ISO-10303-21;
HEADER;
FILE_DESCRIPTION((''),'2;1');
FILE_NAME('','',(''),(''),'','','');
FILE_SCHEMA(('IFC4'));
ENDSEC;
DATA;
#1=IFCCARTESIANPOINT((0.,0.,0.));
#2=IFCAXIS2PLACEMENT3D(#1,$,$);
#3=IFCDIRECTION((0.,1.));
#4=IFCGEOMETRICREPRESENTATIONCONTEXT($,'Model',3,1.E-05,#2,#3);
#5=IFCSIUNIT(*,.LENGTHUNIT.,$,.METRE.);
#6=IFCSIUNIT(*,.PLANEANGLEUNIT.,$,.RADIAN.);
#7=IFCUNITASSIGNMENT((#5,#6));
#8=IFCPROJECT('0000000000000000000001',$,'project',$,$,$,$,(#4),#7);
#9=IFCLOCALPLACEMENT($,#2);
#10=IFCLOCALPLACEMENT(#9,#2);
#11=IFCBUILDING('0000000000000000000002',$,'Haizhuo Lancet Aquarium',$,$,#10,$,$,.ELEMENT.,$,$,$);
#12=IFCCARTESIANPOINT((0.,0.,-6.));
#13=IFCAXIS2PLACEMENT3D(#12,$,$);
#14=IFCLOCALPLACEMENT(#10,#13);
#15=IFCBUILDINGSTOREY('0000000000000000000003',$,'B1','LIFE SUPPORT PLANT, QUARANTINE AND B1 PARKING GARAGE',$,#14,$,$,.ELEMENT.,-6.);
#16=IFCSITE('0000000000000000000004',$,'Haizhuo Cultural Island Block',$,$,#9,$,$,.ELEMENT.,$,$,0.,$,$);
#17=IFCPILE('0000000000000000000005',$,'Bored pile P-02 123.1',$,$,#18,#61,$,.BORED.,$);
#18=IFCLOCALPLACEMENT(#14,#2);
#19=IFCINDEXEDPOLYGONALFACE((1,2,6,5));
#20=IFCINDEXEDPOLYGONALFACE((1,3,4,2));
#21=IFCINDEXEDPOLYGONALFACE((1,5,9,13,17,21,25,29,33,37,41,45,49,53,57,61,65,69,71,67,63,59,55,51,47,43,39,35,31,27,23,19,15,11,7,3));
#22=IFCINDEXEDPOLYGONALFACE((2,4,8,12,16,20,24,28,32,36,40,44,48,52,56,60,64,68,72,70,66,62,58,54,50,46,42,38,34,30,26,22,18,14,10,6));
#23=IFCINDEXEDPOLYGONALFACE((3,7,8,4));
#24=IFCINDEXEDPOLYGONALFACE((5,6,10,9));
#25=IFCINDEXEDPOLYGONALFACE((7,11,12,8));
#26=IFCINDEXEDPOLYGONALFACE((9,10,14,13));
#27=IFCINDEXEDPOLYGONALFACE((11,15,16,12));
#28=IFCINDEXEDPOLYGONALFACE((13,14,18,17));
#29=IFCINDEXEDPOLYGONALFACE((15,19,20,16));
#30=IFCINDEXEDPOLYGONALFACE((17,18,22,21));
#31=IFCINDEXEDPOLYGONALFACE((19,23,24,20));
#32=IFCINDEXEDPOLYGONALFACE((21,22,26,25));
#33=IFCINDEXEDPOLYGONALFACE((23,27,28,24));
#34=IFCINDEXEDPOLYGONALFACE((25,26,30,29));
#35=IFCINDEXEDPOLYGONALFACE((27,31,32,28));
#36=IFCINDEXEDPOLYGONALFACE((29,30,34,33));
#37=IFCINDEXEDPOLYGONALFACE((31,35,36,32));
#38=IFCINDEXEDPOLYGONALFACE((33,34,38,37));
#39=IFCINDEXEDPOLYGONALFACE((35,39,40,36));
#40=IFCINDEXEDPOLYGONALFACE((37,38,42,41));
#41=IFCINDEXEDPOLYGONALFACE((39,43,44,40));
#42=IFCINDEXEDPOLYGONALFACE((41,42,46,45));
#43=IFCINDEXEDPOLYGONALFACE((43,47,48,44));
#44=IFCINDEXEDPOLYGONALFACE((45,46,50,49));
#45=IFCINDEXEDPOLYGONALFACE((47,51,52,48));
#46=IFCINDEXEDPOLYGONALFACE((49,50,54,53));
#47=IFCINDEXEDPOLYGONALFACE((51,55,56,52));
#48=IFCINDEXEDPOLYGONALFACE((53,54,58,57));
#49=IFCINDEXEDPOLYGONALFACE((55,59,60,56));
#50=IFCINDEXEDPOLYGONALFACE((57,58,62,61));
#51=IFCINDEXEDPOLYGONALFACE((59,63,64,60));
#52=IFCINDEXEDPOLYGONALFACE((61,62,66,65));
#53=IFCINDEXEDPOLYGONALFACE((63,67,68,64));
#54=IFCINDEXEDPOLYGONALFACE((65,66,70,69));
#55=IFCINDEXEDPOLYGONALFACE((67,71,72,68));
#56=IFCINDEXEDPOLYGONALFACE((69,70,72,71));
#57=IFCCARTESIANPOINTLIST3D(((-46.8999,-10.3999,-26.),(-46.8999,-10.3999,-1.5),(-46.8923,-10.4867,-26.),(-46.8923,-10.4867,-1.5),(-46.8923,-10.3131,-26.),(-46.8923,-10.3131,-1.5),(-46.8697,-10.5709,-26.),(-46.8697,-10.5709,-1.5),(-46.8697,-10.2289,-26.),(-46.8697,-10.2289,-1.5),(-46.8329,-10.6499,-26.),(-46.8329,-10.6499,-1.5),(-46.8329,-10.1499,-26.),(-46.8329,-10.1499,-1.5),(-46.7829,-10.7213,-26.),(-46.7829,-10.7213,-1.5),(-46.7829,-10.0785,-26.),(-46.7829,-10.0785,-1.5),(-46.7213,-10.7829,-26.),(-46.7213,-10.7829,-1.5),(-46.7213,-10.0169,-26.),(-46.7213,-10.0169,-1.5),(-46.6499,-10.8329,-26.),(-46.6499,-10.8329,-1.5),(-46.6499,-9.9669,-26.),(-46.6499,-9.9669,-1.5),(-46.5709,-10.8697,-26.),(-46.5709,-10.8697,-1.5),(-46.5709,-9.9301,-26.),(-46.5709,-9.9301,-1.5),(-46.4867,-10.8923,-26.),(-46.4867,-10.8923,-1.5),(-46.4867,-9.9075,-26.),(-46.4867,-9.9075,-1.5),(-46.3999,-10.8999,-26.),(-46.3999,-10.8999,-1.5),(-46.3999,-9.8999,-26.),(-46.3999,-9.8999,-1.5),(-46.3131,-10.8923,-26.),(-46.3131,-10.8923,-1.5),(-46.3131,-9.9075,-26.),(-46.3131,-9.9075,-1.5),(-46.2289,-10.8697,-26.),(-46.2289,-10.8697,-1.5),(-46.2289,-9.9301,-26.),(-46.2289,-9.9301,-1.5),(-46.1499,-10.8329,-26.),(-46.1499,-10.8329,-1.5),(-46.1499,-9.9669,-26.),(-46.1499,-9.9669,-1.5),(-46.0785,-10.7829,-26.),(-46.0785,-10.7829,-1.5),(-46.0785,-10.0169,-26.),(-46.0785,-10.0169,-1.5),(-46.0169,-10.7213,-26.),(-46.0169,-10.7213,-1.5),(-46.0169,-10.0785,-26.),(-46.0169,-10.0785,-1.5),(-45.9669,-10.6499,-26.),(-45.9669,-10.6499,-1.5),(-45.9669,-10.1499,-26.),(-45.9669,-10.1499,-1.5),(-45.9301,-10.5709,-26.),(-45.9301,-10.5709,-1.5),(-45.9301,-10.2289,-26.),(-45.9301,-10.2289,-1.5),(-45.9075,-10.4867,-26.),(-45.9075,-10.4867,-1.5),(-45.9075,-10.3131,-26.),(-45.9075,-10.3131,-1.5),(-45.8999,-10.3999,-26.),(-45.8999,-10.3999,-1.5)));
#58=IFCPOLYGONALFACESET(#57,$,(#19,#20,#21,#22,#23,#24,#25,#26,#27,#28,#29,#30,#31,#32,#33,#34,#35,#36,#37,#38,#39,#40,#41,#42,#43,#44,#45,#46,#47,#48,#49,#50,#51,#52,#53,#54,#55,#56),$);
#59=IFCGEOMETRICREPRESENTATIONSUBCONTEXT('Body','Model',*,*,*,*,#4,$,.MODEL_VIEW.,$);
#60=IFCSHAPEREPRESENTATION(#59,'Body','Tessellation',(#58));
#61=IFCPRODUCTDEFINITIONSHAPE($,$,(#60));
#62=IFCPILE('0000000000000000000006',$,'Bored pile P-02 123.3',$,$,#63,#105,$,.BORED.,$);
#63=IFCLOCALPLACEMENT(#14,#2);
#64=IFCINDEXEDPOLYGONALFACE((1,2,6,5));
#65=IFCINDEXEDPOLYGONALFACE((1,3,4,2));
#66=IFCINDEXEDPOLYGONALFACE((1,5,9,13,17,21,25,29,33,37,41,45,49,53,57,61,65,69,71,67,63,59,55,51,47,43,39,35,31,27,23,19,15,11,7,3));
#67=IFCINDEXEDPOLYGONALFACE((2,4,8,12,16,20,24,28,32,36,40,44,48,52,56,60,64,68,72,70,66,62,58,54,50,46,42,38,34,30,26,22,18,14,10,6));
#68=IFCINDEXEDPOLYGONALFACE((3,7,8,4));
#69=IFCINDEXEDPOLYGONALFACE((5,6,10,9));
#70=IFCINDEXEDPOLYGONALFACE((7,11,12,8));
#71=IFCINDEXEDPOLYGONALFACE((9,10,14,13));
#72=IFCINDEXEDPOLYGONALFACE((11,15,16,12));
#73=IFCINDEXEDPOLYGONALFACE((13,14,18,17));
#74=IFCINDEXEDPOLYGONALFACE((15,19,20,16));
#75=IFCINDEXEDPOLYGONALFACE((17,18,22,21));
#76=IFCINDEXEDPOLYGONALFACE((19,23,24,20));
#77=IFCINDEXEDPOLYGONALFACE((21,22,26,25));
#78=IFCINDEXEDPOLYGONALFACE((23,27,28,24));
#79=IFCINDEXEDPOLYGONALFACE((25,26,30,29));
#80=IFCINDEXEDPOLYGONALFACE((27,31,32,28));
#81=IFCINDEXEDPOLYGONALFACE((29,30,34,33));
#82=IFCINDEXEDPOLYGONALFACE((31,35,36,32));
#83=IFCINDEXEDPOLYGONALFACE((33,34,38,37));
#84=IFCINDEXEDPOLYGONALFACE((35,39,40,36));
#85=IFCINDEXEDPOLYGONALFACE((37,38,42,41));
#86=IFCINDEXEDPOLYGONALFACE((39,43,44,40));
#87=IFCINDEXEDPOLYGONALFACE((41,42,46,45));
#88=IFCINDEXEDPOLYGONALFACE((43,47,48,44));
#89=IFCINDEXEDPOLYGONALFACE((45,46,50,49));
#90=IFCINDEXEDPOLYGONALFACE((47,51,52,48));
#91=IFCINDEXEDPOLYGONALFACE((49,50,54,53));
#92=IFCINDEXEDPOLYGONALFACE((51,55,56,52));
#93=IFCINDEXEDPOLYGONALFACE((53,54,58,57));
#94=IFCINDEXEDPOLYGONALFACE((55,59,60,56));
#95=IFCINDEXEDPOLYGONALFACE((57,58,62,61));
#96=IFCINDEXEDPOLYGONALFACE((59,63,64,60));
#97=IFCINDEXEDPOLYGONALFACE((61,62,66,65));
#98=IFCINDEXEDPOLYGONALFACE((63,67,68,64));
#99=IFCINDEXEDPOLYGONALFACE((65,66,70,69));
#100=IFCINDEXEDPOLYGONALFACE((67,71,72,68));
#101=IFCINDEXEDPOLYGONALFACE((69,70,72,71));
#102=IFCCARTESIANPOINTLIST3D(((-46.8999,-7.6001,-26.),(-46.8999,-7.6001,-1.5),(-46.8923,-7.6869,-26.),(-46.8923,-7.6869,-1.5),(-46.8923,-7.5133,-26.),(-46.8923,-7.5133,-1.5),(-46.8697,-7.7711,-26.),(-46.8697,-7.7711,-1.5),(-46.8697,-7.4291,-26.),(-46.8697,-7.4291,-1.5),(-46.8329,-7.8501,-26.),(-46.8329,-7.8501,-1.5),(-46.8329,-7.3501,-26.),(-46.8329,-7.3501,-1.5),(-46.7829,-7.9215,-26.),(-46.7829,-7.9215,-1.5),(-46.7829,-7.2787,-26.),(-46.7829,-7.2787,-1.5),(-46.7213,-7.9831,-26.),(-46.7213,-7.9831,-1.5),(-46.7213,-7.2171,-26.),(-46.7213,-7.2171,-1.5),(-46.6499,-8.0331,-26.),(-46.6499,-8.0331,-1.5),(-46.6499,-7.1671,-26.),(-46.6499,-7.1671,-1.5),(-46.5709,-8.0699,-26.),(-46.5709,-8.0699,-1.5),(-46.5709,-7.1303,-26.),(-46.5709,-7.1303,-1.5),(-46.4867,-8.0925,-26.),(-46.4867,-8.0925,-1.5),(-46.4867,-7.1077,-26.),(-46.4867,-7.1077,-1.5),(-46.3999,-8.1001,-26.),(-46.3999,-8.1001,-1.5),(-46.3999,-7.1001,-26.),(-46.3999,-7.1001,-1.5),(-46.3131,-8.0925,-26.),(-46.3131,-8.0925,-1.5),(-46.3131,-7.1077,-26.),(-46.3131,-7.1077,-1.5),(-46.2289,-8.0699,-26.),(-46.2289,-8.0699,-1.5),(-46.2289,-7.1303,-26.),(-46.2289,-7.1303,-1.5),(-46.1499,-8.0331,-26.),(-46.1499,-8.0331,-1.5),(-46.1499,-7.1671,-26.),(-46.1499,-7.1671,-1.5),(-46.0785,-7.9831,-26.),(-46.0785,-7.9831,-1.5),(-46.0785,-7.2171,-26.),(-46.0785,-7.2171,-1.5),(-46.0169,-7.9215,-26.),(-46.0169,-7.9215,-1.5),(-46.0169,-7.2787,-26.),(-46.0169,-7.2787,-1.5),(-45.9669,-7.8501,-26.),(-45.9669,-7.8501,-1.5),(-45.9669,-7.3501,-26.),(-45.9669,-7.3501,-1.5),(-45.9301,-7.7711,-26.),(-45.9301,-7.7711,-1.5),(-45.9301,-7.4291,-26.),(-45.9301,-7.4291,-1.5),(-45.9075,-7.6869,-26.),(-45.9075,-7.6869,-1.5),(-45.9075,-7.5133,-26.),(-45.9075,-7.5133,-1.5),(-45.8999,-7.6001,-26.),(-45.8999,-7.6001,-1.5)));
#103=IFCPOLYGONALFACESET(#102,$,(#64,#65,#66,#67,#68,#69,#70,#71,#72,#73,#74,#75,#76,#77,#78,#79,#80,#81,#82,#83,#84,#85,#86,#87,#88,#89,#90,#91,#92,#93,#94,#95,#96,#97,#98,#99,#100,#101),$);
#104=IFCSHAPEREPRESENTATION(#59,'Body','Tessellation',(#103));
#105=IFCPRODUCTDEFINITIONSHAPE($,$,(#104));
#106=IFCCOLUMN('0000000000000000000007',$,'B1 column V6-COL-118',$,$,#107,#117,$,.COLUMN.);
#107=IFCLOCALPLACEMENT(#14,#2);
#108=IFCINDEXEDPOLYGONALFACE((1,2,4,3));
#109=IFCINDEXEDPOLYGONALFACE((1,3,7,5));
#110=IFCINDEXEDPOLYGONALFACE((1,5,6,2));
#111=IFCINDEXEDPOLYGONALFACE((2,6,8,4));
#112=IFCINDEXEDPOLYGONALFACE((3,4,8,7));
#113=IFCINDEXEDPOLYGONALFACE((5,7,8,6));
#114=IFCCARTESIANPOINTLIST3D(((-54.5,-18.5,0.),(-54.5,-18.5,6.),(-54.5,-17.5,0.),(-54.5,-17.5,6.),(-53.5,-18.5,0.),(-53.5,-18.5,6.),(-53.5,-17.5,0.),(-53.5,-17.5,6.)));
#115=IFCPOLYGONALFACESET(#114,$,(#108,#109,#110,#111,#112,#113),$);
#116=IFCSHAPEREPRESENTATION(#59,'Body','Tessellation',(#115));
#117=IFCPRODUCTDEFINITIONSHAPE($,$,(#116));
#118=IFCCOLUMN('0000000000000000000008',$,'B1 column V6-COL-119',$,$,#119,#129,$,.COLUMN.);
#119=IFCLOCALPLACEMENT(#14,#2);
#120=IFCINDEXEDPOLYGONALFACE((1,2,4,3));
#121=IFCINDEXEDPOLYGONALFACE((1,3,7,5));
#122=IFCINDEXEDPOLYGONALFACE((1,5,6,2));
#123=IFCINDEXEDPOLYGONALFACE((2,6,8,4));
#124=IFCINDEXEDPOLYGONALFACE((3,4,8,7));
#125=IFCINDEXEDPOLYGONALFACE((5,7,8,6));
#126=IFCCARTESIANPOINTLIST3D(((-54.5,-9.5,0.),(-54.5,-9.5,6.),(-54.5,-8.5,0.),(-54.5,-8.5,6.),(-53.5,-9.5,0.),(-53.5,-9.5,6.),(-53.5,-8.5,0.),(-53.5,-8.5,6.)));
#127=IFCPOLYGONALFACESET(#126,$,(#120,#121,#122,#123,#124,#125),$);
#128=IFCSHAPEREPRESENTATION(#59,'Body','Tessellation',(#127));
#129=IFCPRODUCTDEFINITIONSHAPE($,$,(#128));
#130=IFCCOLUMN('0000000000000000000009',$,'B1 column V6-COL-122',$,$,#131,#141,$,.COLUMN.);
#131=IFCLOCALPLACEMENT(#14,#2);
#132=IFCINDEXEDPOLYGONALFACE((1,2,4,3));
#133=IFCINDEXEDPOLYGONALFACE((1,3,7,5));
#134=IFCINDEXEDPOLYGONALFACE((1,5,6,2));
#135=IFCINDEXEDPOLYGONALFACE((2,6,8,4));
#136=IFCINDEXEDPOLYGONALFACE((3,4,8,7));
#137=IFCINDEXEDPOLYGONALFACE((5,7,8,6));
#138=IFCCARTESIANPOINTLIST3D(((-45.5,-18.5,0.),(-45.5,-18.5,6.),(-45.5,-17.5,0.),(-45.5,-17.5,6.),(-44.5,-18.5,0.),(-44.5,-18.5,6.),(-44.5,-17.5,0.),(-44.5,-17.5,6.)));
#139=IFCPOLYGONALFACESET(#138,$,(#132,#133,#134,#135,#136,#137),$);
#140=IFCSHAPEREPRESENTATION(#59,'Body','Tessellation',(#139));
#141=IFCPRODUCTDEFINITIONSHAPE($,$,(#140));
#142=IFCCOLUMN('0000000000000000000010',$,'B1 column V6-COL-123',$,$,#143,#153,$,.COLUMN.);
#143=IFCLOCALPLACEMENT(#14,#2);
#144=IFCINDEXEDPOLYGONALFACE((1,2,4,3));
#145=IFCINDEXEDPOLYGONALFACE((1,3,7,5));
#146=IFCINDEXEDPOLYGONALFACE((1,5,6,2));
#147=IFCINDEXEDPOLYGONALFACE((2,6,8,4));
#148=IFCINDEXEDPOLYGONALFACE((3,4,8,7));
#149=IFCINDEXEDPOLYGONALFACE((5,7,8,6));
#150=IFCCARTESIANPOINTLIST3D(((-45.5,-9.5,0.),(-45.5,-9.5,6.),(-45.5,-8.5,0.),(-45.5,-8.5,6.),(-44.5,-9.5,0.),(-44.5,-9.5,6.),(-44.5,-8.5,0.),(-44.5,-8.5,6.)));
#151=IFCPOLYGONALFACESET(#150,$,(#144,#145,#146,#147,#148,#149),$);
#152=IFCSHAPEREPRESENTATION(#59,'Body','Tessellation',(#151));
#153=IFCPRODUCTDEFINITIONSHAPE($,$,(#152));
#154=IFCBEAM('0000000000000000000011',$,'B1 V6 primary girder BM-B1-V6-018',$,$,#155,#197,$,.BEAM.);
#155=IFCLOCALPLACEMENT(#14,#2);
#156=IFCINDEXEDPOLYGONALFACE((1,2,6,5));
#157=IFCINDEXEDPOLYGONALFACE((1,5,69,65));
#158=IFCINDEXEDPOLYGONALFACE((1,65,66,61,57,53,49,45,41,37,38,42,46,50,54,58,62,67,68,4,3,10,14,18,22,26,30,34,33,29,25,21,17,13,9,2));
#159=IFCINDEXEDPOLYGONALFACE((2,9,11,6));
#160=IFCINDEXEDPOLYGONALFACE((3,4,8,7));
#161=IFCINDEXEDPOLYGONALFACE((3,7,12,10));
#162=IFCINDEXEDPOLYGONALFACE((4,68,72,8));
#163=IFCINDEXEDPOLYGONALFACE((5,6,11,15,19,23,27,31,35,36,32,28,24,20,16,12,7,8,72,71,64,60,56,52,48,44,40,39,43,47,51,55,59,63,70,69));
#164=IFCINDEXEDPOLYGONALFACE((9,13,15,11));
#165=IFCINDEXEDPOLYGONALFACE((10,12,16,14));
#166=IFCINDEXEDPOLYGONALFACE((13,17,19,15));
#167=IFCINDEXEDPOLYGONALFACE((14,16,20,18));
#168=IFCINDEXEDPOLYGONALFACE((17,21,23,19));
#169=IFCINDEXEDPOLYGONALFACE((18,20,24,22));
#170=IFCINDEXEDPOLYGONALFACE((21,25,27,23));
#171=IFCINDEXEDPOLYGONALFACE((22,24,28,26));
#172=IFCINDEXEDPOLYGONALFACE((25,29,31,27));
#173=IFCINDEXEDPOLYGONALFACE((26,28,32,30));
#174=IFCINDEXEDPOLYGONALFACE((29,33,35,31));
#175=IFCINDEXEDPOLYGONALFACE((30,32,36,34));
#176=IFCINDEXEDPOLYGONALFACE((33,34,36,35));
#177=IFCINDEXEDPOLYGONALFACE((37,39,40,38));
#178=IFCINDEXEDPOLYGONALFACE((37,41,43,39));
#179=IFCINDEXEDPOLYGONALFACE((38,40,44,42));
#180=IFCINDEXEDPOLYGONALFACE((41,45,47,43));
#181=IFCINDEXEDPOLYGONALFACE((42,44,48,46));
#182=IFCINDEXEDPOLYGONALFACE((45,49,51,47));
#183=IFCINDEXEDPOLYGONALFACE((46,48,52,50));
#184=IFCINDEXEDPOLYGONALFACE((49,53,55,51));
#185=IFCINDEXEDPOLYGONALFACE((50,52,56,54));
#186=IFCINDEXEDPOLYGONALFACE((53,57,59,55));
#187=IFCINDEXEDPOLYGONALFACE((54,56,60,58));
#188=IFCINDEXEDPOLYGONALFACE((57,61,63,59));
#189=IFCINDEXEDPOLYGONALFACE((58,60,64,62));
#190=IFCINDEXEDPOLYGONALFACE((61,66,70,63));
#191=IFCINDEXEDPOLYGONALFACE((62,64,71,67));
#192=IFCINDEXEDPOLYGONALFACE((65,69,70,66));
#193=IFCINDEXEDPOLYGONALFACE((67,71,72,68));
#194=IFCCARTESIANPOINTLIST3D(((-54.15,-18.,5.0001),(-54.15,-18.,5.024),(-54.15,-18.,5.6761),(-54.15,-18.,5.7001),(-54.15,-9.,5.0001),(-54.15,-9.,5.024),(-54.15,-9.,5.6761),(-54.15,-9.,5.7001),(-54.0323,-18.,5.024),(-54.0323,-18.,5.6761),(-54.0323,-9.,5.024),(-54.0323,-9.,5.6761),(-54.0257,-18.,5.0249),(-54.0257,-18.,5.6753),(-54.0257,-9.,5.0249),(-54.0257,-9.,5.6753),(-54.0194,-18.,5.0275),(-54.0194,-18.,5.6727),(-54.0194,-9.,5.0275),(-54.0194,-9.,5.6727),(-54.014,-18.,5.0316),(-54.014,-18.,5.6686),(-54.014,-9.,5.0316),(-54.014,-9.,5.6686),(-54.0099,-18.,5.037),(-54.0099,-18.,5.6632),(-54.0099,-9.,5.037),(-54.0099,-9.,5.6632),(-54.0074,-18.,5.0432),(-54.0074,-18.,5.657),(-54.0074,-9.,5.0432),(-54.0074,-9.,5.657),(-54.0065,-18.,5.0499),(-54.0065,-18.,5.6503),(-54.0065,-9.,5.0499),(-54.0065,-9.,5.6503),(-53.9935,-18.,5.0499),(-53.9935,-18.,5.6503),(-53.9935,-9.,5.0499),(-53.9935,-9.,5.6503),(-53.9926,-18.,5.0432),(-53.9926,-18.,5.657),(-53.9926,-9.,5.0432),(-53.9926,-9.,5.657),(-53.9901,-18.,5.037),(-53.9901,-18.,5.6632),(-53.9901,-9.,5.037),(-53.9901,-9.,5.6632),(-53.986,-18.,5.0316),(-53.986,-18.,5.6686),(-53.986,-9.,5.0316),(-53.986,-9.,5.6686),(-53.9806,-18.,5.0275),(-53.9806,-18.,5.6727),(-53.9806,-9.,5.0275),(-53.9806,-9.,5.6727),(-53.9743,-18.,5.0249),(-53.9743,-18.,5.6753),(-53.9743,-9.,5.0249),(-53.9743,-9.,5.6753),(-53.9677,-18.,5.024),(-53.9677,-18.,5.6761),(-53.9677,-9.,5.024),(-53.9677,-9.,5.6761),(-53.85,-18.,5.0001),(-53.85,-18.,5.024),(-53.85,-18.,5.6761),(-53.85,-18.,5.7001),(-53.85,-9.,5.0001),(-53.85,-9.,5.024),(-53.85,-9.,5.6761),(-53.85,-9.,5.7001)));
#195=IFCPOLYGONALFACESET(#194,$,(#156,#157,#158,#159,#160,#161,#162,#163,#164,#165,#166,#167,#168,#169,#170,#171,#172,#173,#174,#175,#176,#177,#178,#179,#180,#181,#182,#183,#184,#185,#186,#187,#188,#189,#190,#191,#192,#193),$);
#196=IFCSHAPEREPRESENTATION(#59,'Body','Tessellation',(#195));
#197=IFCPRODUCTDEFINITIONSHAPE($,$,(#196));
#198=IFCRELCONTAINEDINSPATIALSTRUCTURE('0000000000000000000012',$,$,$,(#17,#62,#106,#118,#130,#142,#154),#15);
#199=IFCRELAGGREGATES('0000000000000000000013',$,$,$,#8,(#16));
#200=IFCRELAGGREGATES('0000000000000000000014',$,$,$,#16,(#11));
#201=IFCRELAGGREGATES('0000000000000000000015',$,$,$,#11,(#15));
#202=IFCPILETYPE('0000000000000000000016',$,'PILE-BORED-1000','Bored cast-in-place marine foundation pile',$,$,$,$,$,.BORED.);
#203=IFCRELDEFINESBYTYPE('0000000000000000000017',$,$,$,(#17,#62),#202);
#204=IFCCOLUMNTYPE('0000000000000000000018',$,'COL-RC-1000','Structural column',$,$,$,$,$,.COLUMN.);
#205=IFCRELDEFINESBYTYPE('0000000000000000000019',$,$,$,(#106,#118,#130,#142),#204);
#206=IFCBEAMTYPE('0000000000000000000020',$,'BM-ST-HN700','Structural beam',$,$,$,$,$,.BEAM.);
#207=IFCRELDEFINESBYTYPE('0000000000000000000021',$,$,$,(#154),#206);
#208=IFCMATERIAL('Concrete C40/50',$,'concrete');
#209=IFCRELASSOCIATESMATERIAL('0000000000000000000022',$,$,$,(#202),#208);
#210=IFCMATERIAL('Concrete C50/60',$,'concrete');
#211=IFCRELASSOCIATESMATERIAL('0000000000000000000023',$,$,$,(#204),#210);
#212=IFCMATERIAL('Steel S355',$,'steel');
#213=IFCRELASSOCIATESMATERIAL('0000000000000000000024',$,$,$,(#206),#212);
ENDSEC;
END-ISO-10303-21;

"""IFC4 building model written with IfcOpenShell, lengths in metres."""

from ifc_helpers import new_model, si_unit, direction, frame, origin, origin_2d, place, context, subcontext, project, spatial, rectangle, circle, i_section, extrude, material, material_profile, profile_set, type_object, element, save


model = new_model("IFC4")

# Units and contexts
model_context = context("Model", 3, precision=1e-05, world=origin(), true_north=direction((0.0, 1.0)))
body_context = subcontext(model_context, "Body", "Model", "MODEL_VIEW")
ifc_project = project(units=[si_unit("LENGTHUNIT", "METRE"), si_unit("PLANEANGLEUNIT", "RADIAN")], contexts=[model_context])

# Site, building, storey
site_placement = place(None, origin())
site = spatial("IfcSite", under=ifc_project, at=site_placement, Name="Haizhuo Cultural Island Block", CompositionType="ELEMENT", RefElevation=0.0)
building_placement = place(site_placement, origin())
building = spatial("IfcBuilding", under=site, at=building_placement, Name="Haizhuo Lancet Aquarium", CompositionType="ELEMENT")
storey_placement = place(building_placement, frame((0.0, 0.0, -6.0)))
storey = spatial("IfcBuildingStorey", under=building, at=storey_placement, Name="B1", Description="LIFE SUPPORT PLANT, QUARANTINE AND B1 PARKING GARAGE", CompositionType="ELEMENT", Elevation=-6.0)

# Shared definitions
ifc_material_1 = material(Name="Concrete C40/50", Category="concrete")

# Piles
ifc_material_profile_1 = material_profile(ifc_material_1, circle(Radius=0.5, at=origin_2d()), Name="PILE-1000")
ifc_profile_set_1 = profile_set([ifc_material_profile_1], Name="Concrete C40/50")
pile_type = type_object("IfcPileType", Name="PILE-BORED-1000", Description="Bored cast-in-place marine foundation pile", PredefinedType="BORED", material=ifc_profile_set_1)
for number, where, z_axis, x_axis, name in (
    (1, (-46.3999, -10.3999, -1.5), (0.0, 0.0, -1.0), (1.0, 0.0, 0.0), "Bored pile P-02 123.1"),
    (2, (-46.3999, -7.6001, -1.5), (0.0, 0.0, -1.0), (1.0, 0.0, 0.0), "Bored pile P-02 123.3"),
):
    element("IfcPile", number, at=place(storey_placement, frame(where, z_axis=z_axis, x_axis=x_axis)), inside=storey, type_object=pile_type, Name=name, PredefinedType="BORED", context=body_context, shape_type="SweptSolid", body=[
        extrude(circle(Radius=0.5, at=origin_2d()), origin(), (0.0, 0.0, 1.0), 24.5),
    ])

# Columns
ifc_material_2 = material(Name="Concrete C50/60", Category="concrete")
ifc_material_profile_2 = material_profile(ifc_material_2, rectangle(XDim=1.0, YDim=1.0, at=origin_2d()), Name="RC-COL 1000x1000")
ifc_profile_set_2 = profile_set([ifc_material_profile_2], Name="Concrete C50/60")
column_type = type_object("IfcColumnType", Name="COL-RC-1000", Description="Structural column", PredefinedType="COLUMN", material=ifc_profile_set_2)
for number, where, z_axis, x_axis, name in (
    (3, (-54.0, -18.0, 0.0), (0.0, 0.0, 1.0), (1.0, 0.0, 0.0), "B1 column V6-COL-118"),
    (4, (-54.0, -9.0, 0.0), (0.0, 0.0, 1.0), (1.0, 0.0, 0.0), "B1 column V6-COL-119"),
    (5, (-45.0, -18.0, 0.0), (0.0, 0.0, 1.0), (1.0, 0.0, 0.0), "B1 column V6-COL-122"),
    (6, (-45.0, -9.0, 0.0), (0.0, 0.0, 1.0), (1.0, 0.0, 0.0), "B1 column V6-COL-123"),
):
    element("IfcColumn", number, at=place(storey_placement, frame(where, z_axis=z_axis, x_axis=x_axis)), inside=storey, type_object=column_type, Name=name, PredefinedType="COLUMN", context=body_context, shape_type="SweptSolid", body=[
        extrude(rectangle(XDim=1.0, YDim=1.0, at=origin_2d()), origin(), (0.0, 0.0, 1.0), 6.0),
    ])

# Beam
ifc_material_3 = material(Name="Steel S355", Category="steel")
ifc_material_profile_3 = material_profile(ifc_material_3, i_section(OverallWidth=0.3, OverallDepth=0.7, WebThickness=0.0129, FlangeThickness=0.0239, FilletRadius=0.0259, at=origin_2d()), Name="HN 700x300x13x24")
ifc_profile_set_3 = profile_set([ifc_material_profile_3], Name="Steel S355")
beam_type_1 = type_object("IfcBeamType", Name="BM-ST-HN700", Description="Structural beam", PredefinedType="BEAM", material=ifc_profile_set_3)
for number, where, z_axis, x_axis, name in (
    (7, (-54.0, -18.0, 5.3501), (0.0, 1.0, 0.0), (-1.0, 0.0, 0.0), "B1 V6 primary girder BM-B1-V6-018"),
):
    element("IfcBeam", number, at=place(storey_placement, frame(where, z_axis=z_axis, x_axis=x_axis)), inside=storey, type_object=beam_type_1, Name=name, PredefinedType="BEAM", context=body_context, shape_type="SweptSolid", body=[
        extrude(i_section(OverallWidth=0.3, OverallDepth=0.7, WebThickness=0.0129, FlangeThickness=0.0239, FilletRadius=0.0259, at=origin_2d()), origin(), (0.0, 0.0, 1.0), 9.0),
    ])

save(model, "model.ifc")
